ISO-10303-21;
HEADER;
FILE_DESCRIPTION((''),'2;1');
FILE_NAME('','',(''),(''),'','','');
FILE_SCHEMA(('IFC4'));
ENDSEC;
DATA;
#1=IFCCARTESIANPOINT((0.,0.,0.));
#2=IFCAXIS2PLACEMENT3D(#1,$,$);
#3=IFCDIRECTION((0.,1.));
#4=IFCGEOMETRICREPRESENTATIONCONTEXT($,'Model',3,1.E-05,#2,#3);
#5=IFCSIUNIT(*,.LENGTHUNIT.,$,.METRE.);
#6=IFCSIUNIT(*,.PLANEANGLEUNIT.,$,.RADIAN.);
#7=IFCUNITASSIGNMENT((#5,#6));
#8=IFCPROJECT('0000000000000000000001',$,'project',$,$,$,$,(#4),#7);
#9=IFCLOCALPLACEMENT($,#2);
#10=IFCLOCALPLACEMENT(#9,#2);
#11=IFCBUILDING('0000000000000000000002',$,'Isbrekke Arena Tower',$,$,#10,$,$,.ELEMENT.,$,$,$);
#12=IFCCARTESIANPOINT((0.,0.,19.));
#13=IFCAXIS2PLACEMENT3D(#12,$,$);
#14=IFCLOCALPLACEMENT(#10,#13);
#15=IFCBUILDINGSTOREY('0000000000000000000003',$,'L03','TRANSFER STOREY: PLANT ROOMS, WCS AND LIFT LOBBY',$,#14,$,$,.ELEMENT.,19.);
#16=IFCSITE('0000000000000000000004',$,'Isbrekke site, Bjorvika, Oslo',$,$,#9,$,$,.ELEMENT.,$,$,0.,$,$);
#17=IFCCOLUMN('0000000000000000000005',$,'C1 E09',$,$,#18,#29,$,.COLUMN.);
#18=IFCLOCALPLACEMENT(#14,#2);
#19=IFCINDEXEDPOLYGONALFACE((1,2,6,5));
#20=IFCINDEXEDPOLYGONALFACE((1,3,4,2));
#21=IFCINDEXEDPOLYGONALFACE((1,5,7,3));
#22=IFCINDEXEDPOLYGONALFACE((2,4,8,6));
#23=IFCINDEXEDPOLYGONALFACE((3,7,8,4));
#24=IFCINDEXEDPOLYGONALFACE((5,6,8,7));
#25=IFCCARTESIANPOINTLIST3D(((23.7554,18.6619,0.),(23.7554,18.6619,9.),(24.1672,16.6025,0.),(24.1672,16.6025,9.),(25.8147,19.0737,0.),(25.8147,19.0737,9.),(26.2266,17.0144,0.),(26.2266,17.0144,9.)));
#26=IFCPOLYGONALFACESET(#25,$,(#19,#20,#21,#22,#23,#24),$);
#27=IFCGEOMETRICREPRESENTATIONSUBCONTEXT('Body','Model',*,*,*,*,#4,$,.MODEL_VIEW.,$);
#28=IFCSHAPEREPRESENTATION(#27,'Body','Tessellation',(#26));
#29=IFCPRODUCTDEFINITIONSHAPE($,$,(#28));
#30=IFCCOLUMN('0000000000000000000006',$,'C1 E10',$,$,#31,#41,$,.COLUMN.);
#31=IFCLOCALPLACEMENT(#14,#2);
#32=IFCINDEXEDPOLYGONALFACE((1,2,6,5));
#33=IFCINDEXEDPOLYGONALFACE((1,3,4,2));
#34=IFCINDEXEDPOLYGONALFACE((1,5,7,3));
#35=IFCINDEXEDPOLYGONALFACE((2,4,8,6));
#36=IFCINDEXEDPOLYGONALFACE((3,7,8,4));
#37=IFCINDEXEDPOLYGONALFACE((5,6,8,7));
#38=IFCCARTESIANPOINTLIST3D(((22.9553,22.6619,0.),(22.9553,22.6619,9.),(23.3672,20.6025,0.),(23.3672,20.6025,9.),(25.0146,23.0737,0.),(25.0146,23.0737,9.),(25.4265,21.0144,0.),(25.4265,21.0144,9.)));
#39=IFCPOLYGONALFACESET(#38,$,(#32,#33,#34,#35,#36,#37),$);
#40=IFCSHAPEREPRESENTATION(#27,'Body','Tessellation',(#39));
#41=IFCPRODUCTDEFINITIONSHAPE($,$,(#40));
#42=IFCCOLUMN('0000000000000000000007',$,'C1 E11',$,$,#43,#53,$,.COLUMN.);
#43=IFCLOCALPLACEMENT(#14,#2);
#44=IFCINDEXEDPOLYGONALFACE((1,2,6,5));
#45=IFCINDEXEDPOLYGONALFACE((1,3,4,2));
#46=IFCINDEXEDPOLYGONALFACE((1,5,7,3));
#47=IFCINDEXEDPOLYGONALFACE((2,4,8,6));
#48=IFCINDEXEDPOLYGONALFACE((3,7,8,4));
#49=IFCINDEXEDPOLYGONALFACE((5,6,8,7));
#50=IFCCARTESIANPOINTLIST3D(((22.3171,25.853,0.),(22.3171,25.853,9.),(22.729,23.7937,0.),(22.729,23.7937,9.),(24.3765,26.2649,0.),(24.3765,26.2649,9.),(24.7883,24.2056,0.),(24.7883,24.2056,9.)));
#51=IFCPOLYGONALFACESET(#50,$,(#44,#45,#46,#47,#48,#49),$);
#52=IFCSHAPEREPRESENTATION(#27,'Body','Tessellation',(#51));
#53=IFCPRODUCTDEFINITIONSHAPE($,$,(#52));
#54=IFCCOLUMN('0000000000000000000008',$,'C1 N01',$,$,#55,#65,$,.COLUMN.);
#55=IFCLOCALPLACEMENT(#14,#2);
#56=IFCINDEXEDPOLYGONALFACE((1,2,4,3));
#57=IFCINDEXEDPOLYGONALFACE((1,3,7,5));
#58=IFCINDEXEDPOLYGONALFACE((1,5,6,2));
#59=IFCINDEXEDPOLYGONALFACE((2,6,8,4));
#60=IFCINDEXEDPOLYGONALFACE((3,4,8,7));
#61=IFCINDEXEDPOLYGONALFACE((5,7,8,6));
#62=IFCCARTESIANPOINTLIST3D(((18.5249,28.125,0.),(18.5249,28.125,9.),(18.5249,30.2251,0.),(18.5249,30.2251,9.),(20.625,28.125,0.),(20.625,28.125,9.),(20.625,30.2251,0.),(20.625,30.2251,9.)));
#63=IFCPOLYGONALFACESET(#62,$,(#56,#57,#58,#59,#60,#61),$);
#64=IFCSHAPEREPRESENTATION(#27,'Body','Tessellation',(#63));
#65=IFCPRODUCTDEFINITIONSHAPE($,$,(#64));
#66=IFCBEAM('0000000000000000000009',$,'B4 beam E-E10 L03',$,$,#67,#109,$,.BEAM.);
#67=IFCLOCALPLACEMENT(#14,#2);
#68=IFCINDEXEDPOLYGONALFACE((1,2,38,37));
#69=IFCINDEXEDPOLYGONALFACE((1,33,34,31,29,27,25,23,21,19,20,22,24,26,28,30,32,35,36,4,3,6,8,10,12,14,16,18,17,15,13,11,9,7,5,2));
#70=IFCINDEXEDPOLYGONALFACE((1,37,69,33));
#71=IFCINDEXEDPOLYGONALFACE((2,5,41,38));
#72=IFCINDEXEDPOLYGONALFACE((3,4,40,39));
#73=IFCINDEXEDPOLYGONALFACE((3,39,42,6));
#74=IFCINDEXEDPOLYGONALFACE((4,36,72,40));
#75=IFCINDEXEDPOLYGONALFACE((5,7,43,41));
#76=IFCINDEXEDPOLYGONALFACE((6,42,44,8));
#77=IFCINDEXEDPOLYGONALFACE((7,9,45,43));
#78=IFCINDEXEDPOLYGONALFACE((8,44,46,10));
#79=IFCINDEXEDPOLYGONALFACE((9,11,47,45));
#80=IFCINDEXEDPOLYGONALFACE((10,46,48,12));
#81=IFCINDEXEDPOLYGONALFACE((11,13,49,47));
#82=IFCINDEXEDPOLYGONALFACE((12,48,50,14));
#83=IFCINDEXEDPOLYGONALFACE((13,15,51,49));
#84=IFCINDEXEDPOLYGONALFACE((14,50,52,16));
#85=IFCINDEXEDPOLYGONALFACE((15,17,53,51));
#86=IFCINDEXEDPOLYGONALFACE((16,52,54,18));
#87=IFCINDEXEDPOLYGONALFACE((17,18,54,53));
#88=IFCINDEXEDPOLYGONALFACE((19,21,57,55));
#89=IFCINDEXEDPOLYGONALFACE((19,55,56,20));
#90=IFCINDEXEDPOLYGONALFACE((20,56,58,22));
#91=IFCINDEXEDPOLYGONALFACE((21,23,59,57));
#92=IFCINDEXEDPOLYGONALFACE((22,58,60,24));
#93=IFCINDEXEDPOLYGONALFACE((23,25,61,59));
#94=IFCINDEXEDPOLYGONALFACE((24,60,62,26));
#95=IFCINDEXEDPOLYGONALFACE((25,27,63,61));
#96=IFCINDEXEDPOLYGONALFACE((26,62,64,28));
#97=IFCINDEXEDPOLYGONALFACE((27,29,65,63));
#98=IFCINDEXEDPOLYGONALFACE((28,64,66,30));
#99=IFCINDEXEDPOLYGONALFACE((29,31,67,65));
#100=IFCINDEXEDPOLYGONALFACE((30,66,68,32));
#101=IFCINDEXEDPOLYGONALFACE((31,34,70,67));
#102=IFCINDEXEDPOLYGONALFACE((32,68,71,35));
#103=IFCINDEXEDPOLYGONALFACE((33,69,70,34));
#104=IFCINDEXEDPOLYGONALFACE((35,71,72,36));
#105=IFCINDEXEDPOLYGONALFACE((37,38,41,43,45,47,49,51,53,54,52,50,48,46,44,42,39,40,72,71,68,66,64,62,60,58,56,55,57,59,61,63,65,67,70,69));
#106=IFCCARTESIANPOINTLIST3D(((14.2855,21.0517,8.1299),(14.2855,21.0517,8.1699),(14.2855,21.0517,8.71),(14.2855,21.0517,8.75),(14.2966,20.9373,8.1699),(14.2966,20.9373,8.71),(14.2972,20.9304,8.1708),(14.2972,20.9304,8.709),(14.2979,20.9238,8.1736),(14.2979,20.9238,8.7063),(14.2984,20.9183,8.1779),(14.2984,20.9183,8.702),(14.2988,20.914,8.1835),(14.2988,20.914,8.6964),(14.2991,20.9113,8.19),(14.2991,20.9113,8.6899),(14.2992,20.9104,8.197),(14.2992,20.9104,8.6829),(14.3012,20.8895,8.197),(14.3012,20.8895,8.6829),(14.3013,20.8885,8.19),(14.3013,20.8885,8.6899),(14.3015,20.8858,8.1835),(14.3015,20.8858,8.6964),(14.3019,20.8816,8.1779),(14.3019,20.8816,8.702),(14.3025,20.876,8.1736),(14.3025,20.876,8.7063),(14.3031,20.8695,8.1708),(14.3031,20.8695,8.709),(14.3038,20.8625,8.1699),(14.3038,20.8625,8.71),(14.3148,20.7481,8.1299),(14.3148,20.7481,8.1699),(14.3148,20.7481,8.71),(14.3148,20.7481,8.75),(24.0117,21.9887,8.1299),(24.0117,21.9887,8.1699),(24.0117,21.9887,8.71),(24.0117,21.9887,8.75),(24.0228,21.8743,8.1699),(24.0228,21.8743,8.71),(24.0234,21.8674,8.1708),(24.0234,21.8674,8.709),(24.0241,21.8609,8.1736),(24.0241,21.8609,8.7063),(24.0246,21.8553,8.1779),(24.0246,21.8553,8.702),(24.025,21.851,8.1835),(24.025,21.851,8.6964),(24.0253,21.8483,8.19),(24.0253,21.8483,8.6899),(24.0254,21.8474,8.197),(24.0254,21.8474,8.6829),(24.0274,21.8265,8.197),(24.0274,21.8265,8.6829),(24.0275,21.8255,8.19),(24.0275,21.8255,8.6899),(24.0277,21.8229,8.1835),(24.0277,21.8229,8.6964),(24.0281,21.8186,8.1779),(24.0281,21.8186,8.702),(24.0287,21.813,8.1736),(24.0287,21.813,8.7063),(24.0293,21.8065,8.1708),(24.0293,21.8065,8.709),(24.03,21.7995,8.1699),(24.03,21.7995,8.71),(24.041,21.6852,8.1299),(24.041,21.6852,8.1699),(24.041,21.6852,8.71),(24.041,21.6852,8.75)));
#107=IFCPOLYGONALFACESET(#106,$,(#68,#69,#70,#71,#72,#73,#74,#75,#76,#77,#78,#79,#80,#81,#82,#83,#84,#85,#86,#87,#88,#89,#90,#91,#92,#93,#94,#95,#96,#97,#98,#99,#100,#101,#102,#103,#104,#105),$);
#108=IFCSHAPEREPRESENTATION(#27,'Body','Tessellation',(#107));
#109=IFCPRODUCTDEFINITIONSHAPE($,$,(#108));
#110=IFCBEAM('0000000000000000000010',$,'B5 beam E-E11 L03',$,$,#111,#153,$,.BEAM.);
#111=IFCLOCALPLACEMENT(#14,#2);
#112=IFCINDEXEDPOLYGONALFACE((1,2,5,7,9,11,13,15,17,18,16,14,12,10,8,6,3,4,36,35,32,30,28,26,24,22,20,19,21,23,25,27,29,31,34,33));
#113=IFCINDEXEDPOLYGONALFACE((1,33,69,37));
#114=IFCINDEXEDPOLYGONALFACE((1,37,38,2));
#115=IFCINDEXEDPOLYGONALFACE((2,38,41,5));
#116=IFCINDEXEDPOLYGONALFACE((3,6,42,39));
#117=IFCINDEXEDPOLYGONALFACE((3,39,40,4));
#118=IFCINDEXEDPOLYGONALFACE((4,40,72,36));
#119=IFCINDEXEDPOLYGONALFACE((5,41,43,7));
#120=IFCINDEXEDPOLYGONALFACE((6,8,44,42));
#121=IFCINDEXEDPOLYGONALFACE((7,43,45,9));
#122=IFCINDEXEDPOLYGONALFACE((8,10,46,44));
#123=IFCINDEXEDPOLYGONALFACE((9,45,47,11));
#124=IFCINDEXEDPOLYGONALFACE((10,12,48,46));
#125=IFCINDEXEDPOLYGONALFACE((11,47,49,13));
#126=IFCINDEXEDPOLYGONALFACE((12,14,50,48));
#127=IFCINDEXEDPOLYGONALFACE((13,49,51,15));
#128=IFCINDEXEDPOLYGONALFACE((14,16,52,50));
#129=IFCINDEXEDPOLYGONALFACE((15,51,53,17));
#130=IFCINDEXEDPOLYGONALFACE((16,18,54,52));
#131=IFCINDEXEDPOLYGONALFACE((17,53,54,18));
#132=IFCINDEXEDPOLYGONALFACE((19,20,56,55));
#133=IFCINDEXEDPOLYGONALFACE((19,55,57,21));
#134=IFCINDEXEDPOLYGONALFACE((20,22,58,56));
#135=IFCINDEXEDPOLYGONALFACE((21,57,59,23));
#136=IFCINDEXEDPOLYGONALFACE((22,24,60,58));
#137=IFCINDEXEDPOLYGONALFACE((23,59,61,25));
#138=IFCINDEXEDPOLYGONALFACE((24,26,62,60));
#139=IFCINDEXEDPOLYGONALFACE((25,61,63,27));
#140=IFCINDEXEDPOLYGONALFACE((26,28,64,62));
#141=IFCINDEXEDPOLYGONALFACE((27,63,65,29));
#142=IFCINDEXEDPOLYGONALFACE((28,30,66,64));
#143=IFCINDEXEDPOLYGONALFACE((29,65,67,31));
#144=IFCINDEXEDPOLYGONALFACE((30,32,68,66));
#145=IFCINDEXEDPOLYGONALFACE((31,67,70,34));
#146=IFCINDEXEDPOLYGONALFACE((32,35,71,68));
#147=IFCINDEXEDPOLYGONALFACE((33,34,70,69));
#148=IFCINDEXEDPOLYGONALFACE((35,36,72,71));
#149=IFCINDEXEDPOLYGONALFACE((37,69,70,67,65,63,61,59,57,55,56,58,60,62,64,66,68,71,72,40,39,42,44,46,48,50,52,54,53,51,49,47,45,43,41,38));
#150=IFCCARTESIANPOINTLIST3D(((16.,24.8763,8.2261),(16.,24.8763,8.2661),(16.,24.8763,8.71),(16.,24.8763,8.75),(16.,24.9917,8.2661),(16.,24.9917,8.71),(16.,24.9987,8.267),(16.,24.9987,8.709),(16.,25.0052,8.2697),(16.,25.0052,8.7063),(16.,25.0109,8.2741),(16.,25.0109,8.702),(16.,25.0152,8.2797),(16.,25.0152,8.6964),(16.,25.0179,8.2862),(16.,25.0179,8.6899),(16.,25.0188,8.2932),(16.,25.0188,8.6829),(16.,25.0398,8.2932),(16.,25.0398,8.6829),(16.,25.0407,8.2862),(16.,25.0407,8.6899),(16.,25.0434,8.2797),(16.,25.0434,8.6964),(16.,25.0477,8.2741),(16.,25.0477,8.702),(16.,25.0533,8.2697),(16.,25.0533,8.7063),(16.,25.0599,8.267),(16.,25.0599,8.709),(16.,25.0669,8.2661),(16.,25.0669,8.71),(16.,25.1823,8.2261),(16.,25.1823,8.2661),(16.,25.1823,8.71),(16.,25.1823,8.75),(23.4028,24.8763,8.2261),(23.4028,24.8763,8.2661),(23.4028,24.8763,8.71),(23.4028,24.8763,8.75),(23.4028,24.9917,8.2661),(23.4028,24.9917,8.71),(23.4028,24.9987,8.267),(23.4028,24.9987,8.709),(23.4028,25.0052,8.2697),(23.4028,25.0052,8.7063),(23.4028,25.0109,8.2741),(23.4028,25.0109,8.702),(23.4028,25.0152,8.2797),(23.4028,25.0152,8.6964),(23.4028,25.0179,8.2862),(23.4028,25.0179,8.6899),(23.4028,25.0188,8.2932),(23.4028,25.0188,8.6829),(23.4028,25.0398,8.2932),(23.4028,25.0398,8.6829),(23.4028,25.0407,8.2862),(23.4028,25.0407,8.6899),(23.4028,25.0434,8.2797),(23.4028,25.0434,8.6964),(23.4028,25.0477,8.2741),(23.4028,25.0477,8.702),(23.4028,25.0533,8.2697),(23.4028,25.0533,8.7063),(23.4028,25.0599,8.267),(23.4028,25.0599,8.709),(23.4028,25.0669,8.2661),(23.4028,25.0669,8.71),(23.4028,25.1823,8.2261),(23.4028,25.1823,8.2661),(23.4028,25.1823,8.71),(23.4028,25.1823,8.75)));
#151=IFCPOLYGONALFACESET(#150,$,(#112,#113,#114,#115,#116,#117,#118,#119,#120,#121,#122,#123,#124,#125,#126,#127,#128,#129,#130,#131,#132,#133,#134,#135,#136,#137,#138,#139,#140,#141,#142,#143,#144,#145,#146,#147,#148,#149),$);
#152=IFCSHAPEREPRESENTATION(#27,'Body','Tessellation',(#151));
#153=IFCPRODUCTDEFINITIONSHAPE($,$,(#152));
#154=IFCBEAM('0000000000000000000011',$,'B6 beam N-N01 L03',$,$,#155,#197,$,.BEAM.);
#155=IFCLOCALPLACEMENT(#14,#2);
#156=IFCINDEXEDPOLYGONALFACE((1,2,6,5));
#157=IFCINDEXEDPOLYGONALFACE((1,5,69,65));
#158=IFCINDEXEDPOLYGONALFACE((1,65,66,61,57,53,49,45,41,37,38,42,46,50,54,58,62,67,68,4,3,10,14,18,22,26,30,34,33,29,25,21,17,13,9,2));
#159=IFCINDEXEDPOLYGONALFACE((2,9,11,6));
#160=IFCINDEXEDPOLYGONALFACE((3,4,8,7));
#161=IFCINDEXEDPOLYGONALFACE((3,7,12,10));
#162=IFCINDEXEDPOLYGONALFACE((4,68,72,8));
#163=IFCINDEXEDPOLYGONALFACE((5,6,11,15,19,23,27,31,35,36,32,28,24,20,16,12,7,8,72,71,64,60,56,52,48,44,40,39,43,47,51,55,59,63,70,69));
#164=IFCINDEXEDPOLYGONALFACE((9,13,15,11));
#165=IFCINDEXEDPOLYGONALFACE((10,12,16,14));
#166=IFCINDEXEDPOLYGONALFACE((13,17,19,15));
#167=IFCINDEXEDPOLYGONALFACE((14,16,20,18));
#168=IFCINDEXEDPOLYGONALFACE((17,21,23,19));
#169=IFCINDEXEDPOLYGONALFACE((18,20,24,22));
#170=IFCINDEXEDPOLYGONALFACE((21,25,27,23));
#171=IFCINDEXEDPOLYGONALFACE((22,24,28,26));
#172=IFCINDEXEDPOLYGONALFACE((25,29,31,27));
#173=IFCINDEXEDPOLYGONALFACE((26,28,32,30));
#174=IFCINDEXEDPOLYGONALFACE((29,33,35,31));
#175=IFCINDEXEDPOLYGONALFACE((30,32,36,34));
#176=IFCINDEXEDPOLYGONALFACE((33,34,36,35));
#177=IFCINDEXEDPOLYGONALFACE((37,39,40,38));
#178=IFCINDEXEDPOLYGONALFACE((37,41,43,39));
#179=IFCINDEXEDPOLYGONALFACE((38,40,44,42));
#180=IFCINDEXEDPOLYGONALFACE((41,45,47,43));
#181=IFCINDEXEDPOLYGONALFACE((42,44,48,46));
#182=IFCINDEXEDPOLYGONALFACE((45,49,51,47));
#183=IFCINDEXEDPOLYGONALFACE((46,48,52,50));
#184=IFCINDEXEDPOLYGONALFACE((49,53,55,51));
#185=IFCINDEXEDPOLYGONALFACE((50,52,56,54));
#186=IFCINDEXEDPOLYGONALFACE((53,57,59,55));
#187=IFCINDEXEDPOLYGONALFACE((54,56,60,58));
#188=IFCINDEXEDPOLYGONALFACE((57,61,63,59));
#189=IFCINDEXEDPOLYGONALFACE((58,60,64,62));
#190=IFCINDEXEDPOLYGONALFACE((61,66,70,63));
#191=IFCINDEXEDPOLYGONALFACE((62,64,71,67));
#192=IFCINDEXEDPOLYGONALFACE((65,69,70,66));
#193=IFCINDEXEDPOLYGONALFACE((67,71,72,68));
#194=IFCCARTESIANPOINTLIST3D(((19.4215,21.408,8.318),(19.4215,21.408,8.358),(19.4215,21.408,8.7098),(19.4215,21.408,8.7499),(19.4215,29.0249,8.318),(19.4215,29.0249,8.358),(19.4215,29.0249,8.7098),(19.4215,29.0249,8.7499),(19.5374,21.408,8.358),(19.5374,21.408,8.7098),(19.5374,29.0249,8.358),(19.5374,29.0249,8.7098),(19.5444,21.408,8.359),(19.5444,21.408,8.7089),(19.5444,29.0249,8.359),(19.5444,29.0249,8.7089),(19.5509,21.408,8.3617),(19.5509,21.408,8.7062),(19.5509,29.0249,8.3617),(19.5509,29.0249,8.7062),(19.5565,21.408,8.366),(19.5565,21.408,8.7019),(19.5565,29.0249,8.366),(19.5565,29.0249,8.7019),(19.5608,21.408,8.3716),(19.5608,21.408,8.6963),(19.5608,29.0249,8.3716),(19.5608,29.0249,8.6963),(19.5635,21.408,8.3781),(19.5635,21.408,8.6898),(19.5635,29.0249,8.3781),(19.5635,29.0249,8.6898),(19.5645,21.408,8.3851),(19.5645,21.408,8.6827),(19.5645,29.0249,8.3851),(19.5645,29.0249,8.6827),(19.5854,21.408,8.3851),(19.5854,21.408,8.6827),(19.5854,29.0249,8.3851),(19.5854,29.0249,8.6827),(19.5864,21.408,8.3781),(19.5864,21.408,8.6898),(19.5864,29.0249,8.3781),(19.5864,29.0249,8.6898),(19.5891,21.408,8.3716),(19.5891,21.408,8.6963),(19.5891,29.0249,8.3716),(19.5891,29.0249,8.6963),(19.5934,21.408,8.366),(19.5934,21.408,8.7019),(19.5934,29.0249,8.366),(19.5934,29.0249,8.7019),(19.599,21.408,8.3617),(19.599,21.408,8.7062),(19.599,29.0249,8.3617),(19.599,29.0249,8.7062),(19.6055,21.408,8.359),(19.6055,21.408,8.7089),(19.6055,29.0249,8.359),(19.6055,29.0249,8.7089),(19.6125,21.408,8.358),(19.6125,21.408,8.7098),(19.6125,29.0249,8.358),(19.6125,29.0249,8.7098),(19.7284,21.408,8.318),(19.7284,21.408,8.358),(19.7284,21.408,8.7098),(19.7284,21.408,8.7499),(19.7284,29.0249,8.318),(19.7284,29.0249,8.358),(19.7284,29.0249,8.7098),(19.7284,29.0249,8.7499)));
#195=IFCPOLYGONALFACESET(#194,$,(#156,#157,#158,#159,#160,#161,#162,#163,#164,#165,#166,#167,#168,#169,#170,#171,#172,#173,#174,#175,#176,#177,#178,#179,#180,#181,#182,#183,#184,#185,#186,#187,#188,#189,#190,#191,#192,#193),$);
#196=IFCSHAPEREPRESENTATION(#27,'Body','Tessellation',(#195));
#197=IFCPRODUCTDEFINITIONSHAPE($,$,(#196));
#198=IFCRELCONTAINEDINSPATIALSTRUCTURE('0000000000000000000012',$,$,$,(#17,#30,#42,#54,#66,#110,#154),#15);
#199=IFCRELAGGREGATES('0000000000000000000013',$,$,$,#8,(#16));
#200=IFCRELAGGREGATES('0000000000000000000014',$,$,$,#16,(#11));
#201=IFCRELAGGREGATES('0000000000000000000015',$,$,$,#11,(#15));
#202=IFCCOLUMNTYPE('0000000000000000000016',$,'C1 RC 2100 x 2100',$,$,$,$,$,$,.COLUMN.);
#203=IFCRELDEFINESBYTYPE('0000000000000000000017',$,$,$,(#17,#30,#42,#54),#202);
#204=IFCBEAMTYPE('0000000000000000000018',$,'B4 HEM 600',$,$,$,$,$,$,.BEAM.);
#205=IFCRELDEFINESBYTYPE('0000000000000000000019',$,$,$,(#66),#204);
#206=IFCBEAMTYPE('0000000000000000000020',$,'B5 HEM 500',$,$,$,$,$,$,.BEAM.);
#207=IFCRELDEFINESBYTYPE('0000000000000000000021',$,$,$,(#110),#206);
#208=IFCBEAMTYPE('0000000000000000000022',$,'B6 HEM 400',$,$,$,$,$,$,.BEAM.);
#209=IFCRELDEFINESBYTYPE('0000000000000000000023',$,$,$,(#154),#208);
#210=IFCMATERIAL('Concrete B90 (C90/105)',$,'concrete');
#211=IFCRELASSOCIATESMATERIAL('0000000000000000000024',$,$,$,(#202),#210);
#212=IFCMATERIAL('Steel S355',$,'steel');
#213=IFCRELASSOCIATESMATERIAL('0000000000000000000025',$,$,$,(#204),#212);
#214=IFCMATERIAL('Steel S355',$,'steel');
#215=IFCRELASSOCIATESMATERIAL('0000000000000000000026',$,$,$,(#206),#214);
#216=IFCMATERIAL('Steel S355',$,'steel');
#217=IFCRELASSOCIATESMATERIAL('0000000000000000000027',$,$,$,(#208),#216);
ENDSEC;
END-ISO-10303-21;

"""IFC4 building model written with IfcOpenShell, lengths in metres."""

from ifc_helpers import new_model, si_unit, direction, frame, origin, origin_2d, place, context, subcontext, project, spatial, rectangle, i_section, extrude, material, material_profile, profile_set, type_object, element, save


model = new_model("IFC4")

# Units and contexts
model_context = context("Model", 3, precision=1e-05, world=origin(), true_north=direction((0.0, 1.0)))
body_context = subcontext(model_context, "Body", "Model", "MODEL_VIEW")
ifc_project = project(units=[si_unit("LENGTHUNIT", "METRE"), si_unit("PLANEANGLEUNIT", "RADIAN")], contexts=[model_context])

# Site, building, storey
site_placement = place(None, origin())
site = spatial("IfcSite", under=ifc_project, at=site_placement, Name="Isbrekke site, Bjorvika, Oslo", CompositionType="ELEMENT", RefElevation=0.0)
building_placement = place(site_placement, origin())
building = spatial("IfcBuilding", under=site, at=building_placement, Name="Isbrekke Arena Tower", CompositionType="ELEMENT")
storey_placement = place(building_placement, frame((0.0, 0.0, 19.0)))
storey = spatial("IfcBuildingStorey", under=building, at=storey_placement, Name="L03", Description="TRANSFER STOREY: PLANT ROOMS, WCS AND LIFT LOBBY", CompositionType="ELEMENT", Elevation=19.0)

# Columns
ifc_material_1 = material(Name="Concrete B90 (C90/105)", Category="concrete")
ifc_material_profile_1 = material_profile(ifc_material_1, rectangle(XDim=2.1001, YDim=2.1001, at=origin_2d()), Name="RC 2100x2100")
ifc_profile_set_1 = profile_set([ifc_material_profile_1], Name="Concrete B90 (C90/105)")
column_type = type_object("IfcColumnType", Name="C1 RC 2100 x 2100", PredefinedType="COLUMN", material=ifc_profile_set_1)
for number, where, z_axis, x_axis, name in (
    (1, (24.991, 17.8381, 0.0), (0.0, 0.0, 1.0), (-0.196116, 0.980581, 0.0), "C1 E09"),
    (2, (24.1909, 21.8381, 0.0), (0.0, 0.0, 1.0), (-0.196116, 0.980581, 0.0), "C1 E10"),
    (3, (23.5527, 25.0293, 0.0), (0.0, 0.0, 1.0), (-0.196116, 0.980581, 0.0), "C1 E11"),
    (4, (19.575, 29.175, 0.0), (0.0, 0.0, 1.0), (-1.0, 0.0, 0.0), "C1 N01"),
):
    element("IfcColumn", number, at=place(storey_placement, frame(where, z_axis=z_axis, x_axis=x_axis)), inside=storey, type_object=column_type, Name=name, PredefinedType="COLUMN", context=body_context, shape_type="SweptSolid", body=[
        extrude(rectangle(XDim=2.1001, YDim=2.1001, at=origin_2d()), origin(), (0.0, 0.0, 1.0), 9.0),
    ])

# Beams
ifc_material_2 = material(Name="Steel S355", Category="steel")
ifc_material_profile_2 = material_profile(ifc_material_2, i_section(OverallWidth=0.3049, OverallDepth=0.6201, WebThickness=0.021, FlangeThickness=0.04, FilletRadius=0.0271, at=origin_2d()), Name="HEM 600")
ifc_profile_set_2 = profile_set([ifc_material_profile_2], Name="Steel S355")
beam_type_1 = type_object("IfcBeamType", Name="B4 HEM 600", PredefinedType="BEAM", material=ifc_profile_set_2)
beam_1_placement = place(storey_placement, frame((24.0264, 21.8369, 8.4399), z_axis=(-0.995392, -0.095894, 0.0), x_axis=(0.095894, -0.995392, 0.0)))
element("IfcBeam", 5, at=beam_1_placement, inside=storey, type_object=beam_type_1, Name="B4 beam E-E10 L03", PredefinedType="BEAM", context=body_context, shape_type="SweptSolid", body=[
    extrude(i_section(OverallWidth=0.3049, OverallDepth=0.6201, WebThickness=0.021, FlangeThickness=0.04, FilletRadius=0.0271, at=origin_2d()), origin(), (0.0, 0.0, 1.0), 9.7712),
])
ifc_material_3 = material(Name="Steel S355", Category="steel")
ifc_material_profile_3 = material_profile(ifc_material_3, i_section(OverallWidth=0.3059, OverallDepth=0.5239, WebThickness=0.021, FlangeThickness=0.04, FilletRadius=0.0271, at=origin_2d()), Name="HEM 500")
ifc_profile_set_3 = profile_set([ifc_material_profile_3], Name="Steel S355")
beam_type_2 = type_object("IfcBeamType", Name="B5 HEM 500", PredefinedType="BEAM", material=ifc_profile_set_3)
beam_2_placement = place(storey_placement, frame((23.4028, 25.0293, 8.488), z_axis=(-1.0, 0.0, 0.0), x_axis=(0.0, -1.0, 0.0)))
element("IfcBeam", 6, at=beam_2_placement, inside=storey, type_object=beam_type_2, Name="B5 beam E-E11 L03", PredefinedType="BEAM", context=body_context, shape_type="SweptSolid", body=[
    extrude(i_section(OverallWidth=0.3059, OverallDepth=0.5239, WebThickness=0.021, FlangeThickness=0.04, FilletRadius=0.0271, at=origin_2d()), origin(), (0.0, 0.0, 1.0), 7.4028),
])
ifc_material_4 = material(Name="Steel S355", Category="steel")
ifc_material_profile_4 = material_profile(ifc_material_4, i_section(OverallWidth=0.3069, OverallDepth=0.4319, WebThickness=0.021, FlangeThickness=0.04, FilletRadius=0.0271, at=origin_2d()), Name="HEM 400")
ifc_profile_set_4 = profile_set([ifc_material_profile_4], Name="Steel S355")
beam_type_3 = type_object("IfcBeamType", Name="B6 HEM 400", PredefinedType="BEAM", material=ifc_profile_set_4)
beam_3_placement = place(storey_placement, frame((19.575, 29.0249, 8.5339), z_axis=(0.0, -1.0, 0.0), x_axis=(1.0, 0.0, 0.0)))
element("IfcBeam", 7, at=beam_3_placement, inside=storey, type_object=beam_type_3, Name="B6 beam N-N01 L03", PredefinedType="BEAM", context=body_context, shape_type="SweptSolid", body=[
    extrude(i_section(OverallWidth=0.3069, OverallDepth=0.4319, WebThickness=0.021, FlangeThickness=0.04, FilletRadius=0.0271, at=origin_2d()), origin(), (0.0, 0.0, 1.0), 7.6169),
])

save(model, "model.ifc")
